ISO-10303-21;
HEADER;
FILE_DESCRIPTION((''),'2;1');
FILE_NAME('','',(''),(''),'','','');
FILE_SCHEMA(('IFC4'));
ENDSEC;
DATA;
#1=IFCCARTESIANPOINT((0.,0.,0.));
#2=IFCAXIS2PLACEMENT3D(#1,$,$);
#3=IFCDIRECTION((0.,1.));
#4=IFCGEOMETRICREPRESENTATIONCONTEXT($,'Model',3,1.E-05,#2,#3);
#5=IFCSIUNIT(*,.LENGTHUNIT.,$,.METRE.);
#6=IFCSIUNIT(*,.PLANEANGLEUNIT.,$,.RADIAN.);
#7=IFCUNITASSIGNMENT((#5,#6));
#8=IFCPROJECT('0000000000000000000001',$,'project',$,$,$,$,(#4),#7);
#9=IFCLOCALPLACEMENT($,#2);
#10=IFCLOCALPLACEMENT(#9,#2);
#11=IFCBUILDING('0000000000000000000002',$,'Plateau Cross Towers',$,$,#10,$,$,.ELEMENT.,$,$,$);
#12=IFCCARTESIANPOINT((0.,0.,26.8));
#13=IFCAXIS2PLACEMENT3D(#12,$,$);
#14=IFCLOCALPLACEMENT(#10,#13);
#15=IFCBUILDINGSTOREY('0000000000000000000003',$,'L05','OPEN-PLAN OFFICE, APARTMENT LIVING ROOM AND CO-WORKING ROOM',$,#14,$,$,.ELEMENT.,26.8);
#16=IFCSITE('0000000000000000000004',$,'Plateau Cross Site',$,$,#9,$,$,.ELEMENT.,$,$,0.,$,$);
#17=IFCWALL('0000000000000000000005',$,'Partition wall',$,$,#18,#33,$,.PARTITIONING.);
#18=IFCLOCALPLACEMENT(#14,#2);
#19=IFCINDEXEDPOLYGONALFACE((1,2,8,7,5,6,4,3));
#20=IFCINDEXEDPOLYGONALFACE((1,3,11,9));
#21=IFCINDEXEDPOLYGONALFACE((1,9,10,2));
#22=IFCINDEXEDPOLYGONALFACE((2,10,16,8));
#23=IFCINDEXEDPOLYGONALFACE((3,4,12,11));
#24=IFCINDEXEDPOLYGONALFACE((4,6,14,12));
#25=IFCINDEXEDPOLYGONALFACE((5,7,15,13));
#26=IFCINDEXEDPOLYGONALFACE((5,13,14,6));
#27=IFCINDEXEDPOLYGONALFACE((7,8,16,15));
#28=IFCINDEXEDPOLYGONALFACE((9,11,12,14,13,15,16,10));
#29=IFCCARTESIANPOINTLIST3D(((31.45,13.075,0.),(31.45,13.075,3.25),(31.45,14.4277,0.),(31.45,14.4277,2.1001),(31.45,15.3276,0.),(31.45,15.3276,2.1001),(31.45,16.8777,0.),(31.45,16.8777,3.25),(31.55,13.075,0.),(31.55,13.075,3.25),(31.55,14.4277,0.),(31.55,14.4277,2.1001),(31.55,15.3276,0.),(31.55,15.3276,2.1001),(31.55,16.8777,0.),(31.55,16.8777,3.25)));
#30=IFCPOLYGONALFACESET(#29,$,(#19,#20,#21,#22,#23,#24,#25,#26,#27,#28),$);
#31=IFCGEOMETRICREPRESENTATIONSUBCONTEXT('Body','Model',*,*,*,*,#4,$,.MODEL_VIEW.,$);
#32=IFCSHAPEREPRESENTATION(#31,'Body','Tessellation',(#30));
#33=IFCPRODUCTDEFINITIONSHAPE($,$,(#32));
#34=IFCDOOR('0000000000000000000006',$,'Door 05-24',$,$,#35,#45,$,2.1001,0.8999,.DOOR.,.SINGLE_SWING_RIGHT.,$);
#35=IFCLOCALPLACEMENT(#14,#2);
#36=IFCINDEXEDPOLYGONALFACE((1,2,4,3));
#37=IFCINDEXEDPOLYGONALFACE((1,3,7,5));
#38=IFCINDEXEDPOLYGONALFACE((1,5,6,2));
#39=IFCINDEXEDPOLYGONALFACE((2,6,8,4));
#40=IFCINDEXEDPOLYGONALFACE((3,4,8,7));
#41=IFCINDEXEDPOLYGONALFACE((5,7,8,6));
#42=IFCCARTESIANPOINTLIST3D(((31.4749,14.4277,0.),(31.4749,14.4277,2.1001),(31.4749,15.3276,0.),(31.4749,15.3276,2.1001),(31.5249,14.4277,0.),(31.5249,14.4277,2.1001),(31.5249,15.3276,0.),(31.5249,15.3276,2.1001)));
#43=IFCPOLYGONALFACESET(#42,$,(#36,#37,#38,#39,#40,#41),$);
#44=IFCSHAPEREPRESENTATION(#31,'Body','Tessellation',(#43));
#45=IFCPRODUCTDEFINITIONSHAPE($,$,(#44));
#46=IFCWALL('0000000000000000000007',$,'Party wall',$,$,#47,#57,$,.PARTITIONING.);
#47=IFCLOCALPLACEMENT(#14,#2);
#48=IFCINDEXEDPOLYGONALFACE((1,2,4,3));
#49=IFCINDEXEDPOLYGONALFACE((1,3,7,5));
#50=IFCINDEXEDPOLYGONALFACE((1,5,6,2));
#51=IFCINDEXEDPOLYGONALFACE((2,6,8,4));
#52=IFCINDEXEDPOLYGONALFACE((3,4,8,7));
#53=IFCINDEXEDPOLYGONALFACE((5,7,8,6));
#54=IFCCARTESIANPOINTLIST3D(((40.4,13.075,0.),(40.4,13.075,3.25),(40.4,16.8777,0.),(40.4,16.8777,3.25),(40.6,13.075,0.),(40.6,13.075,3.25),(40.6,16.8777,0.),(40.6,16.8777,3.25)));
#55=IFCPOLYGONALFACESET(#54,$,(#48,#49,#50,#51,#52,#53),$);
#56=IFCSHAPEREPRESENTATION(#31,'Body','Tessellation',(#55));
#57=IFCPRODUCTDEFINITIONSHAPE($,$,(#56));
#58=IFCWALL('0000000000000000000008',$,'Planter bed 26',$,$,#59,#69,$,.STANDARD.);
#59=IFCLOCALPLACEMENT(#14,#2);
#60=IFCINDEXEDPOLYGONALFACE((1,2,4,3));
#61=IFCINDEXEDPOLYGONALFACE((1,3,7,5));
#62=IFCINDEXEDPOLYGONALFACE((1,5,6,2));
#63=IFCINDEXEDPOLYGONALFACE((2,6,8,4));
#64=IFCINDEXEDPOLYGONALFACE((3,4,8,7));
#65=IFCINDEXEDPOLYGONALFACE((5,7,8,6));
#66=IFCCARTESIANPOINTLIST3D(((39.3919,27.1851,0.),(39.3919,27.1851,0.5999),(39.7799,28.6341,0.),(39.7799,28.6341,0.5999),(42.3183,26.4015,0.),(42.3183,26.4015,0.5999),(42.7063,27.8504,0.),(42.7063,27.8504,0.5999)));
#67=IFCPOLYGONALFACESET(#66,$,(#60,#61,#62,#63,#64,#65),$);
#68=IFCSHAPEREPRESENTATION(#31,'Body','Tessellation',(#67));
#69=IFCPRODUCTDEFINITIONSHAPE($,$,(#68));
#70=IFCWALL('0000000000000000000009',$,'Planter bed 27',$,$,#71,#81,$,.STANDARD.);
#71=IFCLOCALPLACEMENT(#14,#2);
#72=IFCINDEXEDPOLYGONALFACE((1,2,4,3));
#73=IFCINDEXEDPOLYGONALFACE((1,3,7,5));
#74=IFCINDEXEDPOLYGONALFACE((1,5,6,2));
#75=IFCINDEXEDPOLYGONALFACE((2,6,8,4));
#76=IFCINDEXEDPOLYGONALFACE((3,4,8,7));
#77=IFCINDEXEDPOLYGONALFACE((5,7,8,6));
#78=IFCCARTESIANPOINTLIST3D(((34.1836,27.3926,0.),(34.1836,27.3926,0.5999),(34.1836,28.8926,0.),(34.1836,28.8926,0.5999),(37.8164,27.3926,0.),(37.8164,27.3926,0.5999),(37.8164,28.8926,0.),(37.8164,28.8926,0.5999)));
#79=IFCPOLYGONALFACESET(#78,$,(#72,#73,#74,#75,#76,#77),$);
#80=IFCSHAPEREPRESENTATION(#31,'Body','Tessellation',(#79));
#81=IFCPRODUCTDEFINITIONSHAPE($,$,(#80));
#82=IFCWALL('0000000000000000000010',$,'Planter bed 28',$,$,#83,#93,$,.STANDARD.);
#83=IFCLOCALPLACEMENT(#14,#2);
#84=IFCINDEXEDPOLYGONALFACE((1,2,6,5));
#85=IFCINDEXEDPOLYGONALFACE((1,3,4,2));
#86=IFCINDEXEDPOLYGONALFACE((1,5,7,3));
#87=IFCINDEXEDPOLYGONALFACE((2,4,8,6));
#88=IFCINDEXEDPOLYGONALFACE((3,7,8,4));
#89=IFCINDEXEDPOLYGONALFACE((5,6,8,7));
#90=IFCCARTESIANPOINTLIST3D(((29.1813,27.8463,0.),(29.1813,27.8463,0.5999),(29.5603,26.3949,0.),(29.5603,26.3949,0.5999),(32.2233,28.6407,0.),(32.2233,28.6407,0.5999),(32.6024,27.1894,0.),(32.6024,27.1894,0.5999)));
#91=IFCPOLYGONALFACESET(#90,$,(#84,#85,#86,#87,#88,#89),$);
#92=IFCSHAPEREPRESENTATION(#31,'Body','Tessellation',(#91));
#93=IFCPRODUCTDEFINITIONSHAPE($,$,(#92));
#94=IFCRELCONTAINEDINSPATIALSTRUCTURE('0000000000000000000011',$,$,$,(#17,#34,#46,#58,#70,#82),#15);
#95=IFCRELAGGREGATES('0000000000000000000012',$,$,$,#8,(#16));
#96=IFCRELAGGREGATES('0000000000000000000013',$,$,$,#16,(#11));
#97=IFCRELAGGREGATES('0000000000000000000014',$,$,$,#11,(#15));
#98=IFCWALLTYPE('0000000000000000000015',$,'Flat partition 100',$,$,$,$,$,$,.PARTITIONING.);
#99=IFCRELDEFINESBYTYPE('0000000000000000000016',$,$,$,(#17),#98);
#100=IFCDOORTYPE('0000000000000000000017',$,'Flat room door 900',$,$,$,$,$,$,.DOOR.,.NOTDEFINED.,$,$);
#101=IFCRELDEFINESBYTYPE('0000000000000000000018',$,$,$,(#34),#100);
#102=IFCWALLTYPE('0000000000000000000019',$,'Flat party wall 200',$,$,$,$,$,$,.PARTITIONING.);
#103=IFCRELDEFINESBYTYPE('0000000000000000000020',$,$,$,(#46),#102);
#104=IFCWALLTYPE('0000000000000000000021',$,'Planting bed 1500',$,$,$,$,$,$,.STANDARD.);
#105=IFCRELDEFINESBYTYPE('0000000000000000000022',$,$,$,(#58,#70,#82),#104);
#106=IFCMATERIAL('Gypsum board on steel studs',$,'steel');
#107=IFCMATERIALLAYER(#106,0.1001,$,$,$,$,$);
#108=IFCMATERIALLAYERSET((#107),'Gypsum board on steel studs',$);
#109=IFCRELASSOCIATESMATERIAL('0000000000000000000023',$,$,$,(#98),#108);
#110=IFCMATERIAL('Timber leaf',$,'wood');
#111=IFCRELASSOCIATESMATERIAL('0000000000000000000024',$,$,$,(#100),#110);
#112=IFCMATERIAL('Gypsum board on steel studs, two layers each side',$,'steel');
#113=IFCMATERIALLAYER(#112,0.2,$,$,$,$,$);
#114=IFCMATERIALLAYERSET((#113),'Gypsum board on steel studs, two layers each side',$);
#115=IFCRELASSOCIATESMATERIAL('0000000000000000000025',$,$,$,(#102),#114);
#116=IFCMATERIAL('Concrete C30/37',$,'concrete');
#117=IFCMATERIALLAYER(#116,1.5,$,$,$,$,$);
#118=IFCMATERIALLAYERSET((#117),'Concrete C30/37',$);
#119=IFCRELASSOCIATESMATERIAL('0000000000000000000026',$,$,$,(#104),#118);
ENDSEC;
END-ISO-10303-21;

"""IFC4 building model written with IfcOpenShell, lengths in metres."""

from ifc_helpers import new_model, si_unit, direction, frame, frame_2d, origin, place, context, subcontext, project, spatial, rectangle, extrude, material, layer, layer_set, type_object, element, fill, save


model = new_model("IFC4")

# Units and contexts
model_context = context("Model", 3, precision=1e-05, world=origin(), true_north=direction((0.0, 1.0)))
body_context = subcontext(model_context, "Body", "Model", "MODEL_VIEW")
ifc_project = project(units=[si_unit("LENGTHUNIT", "METRE"), si_unit("PLANEANGLEUNIT", "RADIAN")], contexts=[model_context])

# Site, building, storey
site_placement = place(None, origin())
site = spatial("IfcSite", under=ifc_project, at=site_placement, Name="Plateau Cross Site", CompositionType="ELEMENT", RefElevation=0.0)
building_placement = place(site_placement, origin())
building = spatial("IfcBuilding", under=site, at=building_placement, Name="Plateau Cross Towers", CompositionType="ELEMENT")
storey_placement = place(building_placement, frame((0.0, 0.0, 26.8)))
storey = spatial("IfcBuildingStorey", under=building, at=storey_placement, Name="L05", Description="OPEN-PLAN OFFICE, APARTMENT LIVING ROOM AND CO-WORKING ROOM", CompositionType="ELEMENT", Elevation=26.8)

# Wall, opening, door
ifc_material_1 = material(Name="Gypsum board on steel studs", Category="steel")
ifc_layer_1 = layer(ifc_material_1, 0.1001)
ifc_layer_set_1 = layer_set([ifc_layer_1], Name="Gypsum board on steel studs")
wall_type_1 = type_object("IfcWallType", Name="Flat partition 100", PredefinedType="PARTITIONING", material=ifc_layer_set_1)
wall_1_placement = place(storey_placement, frame((31.5, 16.8777, 0.0), z_axis=(0.0, 0.0, 1.0), x_axis=(0.0, -1.0, 0.0)))
wall_1 = element("IfcWall", 1, at=wall_1_placement, inside=storey, type_object=wall_type_1, Name="Partition wall", PredefinedType="PARTITIONING", context=body_context, shape_type="SweptSolid", body=[
    extrude(rectangle(XDim=3.8027, YDim=0.1001, at=frame_2d((1.9014, 0.0))), origin(), (0.0, 0.0, 1.0), 3.25),
])
opening_placement = place(wall_1_placement, frame((1.55, 0.0, 0.0)))
opening = element("IfcOpeningElement", 2, at=opening_placement, cuts=wall_1, PredefinedType="OPENING", context=body_context, shape_type="SweptSolid", body=[
    extrude(rectangle(XDim=0.8999, YDim=2.1001, at=frame_2d((0.45, 1.05))), frame((0.0, 0.0601, 0.0), z_axis=(0.0, -1.0, 0.0), x_axis=(1.0, 0.0, 0.0)), (0.0, 0.0, 1.0), 0.1201),
])
ifc_material_2 = material(Name="Timber leaf", Category="wood")
door_type = type_object("IfcDoorType", Name="Flat room door 900", OperationType="NOTDEFINED", PredefinedType="DOOR", material=ifc_material_2)
door_placement = place(opening_placement, origin())
door = element("IfcDoor", 3, at=door_placement, inside=storey, type_object=door_type, Name="Door 05-24", OperationType="SINGLE_SWING_RIGHT", OverallHeight=2.1001, OverallWidth=0.8999, PredefinedType="DOOR", context=body_context, shape_type="SweptSolid", body=[
    extrude(rectangle(XDim=0.8999, YDim=2.1001, at=frame_2d((0.45, 1.05))), frame((0.0, 0.0249, 0.0), z_axis=(0.0, -1.0, 0.0), x_axis=(1.0, 0.0, 0.0)), (0.0, 0.0, 1.0), 0.05),
])
fill(opening, door)

# Walls
ifc_material_3 = material(Name="Gypsum board on steel studs, two layers each side", Category="steel")
ifc_layer_2 = layer(ifc_material_3, 0.2)
ifc_layer_set_2 = layer_set([ifc_layer_2], Name="Gypsum board on steel studs, two layers each side")
wall_type_2 = type_object("IfcWallType", Name="Flat party wall 200", PredefinedType="PARTITIONING", material=ifc_layer_set_2)
wall_2_placement = place(storey_placement, frame((40.5, 16.8777, 0.0), z_axis=(0.0, 0.0, 1.0), x_axis=(0.0, -1.0, 0.0)))
element("IfcWall", 4, at=wall_2_placement, inside=storey, type_object=wall_type_2, Name="Party wall", PredefinedType="PARTITIONING", context=body_context, shape_type="SweptSolid", body=[
    extrude(rectangle(XDim=3.8027, YDim=0.2, at=frame_2d((1.9014, 0.0))), origin(), (0.0, 0.0, 1.0), 3.25),
])
ifc_material_4 = material(Name="Concrete C30/37", Category="concrete")
ifc_layer_3 = layer(ifc_material_4, 1.5)
ifc_layer_set_3 = layer_set([ifc_layer_3], Name="Concrete C30/37")
wall_type_3 = type_object("IfcWallType", Name="Planting bed 1500", PredefinedType="STANDARD", material=ifc_layer_set_3)
wall_3_placement = place(storey_placement, frame((42.5122, 27.126, 0.0), z_axis=(0.0, 0.0, 1.0), x_axis=(-0.965964, 0.258676, 0.0)))
element("IfcWall", 5, at=wall_3_placement, inside=storey, type_object=wall_type_3, Name="Planter bed 26", PredefinedType="STANDARD", context=body_context, shape_type="SweptSolid", body=[
    extrude(rectangle(XDim=3.0295, YDim=1.5, at=frame_2d((1.5146, 0.0))), origin(), (0.0, 0.0, 1.0), 0.5999),
])
wall_4_placement = place(storey_placement, frame((37.8164, 28.1426, 0.0), z_axis=(0.0, 0.0, 1.0), x_axis=(-1.0, 0.0, 0.0)))
element("IfcWall", 6, at=wall_4_placement, inside=storey, type_object=wall_type_3, Name="Planter bed 27", PredefinedType="STANDARD", context=body_context, shape_type="SweptSolid", body=[
    extrude(rectangle(XDim=3.6328, YDim=1.5, at=frame_2d((1.8164, 0.0))), origin(), (0.0, 0.0, 1.0), 0.5999),
])
wall_5_placement = place(storey_placement, frame((32.4128, 27.915, 0.0), z_axis=(0.0, 0.0, 1.0), x_axis=(-0.96755, -0.252681, 0.0)))
element("IfcWall", 7, at=wall_5_placement, inside=storey, type_object=wall_type_3, Name="Planter bed 28", PredefinedType="STANDARD", context=body_context, shape_type="SweptSolid", body=[
    extrude(rectangle(XDim=3.144, YDim=1.5, at=frame_2d((1.572, 0.0))), origin(), (0.0, 0.0, 1.0), 0.5999),
])

save(model, "model.ifc")
